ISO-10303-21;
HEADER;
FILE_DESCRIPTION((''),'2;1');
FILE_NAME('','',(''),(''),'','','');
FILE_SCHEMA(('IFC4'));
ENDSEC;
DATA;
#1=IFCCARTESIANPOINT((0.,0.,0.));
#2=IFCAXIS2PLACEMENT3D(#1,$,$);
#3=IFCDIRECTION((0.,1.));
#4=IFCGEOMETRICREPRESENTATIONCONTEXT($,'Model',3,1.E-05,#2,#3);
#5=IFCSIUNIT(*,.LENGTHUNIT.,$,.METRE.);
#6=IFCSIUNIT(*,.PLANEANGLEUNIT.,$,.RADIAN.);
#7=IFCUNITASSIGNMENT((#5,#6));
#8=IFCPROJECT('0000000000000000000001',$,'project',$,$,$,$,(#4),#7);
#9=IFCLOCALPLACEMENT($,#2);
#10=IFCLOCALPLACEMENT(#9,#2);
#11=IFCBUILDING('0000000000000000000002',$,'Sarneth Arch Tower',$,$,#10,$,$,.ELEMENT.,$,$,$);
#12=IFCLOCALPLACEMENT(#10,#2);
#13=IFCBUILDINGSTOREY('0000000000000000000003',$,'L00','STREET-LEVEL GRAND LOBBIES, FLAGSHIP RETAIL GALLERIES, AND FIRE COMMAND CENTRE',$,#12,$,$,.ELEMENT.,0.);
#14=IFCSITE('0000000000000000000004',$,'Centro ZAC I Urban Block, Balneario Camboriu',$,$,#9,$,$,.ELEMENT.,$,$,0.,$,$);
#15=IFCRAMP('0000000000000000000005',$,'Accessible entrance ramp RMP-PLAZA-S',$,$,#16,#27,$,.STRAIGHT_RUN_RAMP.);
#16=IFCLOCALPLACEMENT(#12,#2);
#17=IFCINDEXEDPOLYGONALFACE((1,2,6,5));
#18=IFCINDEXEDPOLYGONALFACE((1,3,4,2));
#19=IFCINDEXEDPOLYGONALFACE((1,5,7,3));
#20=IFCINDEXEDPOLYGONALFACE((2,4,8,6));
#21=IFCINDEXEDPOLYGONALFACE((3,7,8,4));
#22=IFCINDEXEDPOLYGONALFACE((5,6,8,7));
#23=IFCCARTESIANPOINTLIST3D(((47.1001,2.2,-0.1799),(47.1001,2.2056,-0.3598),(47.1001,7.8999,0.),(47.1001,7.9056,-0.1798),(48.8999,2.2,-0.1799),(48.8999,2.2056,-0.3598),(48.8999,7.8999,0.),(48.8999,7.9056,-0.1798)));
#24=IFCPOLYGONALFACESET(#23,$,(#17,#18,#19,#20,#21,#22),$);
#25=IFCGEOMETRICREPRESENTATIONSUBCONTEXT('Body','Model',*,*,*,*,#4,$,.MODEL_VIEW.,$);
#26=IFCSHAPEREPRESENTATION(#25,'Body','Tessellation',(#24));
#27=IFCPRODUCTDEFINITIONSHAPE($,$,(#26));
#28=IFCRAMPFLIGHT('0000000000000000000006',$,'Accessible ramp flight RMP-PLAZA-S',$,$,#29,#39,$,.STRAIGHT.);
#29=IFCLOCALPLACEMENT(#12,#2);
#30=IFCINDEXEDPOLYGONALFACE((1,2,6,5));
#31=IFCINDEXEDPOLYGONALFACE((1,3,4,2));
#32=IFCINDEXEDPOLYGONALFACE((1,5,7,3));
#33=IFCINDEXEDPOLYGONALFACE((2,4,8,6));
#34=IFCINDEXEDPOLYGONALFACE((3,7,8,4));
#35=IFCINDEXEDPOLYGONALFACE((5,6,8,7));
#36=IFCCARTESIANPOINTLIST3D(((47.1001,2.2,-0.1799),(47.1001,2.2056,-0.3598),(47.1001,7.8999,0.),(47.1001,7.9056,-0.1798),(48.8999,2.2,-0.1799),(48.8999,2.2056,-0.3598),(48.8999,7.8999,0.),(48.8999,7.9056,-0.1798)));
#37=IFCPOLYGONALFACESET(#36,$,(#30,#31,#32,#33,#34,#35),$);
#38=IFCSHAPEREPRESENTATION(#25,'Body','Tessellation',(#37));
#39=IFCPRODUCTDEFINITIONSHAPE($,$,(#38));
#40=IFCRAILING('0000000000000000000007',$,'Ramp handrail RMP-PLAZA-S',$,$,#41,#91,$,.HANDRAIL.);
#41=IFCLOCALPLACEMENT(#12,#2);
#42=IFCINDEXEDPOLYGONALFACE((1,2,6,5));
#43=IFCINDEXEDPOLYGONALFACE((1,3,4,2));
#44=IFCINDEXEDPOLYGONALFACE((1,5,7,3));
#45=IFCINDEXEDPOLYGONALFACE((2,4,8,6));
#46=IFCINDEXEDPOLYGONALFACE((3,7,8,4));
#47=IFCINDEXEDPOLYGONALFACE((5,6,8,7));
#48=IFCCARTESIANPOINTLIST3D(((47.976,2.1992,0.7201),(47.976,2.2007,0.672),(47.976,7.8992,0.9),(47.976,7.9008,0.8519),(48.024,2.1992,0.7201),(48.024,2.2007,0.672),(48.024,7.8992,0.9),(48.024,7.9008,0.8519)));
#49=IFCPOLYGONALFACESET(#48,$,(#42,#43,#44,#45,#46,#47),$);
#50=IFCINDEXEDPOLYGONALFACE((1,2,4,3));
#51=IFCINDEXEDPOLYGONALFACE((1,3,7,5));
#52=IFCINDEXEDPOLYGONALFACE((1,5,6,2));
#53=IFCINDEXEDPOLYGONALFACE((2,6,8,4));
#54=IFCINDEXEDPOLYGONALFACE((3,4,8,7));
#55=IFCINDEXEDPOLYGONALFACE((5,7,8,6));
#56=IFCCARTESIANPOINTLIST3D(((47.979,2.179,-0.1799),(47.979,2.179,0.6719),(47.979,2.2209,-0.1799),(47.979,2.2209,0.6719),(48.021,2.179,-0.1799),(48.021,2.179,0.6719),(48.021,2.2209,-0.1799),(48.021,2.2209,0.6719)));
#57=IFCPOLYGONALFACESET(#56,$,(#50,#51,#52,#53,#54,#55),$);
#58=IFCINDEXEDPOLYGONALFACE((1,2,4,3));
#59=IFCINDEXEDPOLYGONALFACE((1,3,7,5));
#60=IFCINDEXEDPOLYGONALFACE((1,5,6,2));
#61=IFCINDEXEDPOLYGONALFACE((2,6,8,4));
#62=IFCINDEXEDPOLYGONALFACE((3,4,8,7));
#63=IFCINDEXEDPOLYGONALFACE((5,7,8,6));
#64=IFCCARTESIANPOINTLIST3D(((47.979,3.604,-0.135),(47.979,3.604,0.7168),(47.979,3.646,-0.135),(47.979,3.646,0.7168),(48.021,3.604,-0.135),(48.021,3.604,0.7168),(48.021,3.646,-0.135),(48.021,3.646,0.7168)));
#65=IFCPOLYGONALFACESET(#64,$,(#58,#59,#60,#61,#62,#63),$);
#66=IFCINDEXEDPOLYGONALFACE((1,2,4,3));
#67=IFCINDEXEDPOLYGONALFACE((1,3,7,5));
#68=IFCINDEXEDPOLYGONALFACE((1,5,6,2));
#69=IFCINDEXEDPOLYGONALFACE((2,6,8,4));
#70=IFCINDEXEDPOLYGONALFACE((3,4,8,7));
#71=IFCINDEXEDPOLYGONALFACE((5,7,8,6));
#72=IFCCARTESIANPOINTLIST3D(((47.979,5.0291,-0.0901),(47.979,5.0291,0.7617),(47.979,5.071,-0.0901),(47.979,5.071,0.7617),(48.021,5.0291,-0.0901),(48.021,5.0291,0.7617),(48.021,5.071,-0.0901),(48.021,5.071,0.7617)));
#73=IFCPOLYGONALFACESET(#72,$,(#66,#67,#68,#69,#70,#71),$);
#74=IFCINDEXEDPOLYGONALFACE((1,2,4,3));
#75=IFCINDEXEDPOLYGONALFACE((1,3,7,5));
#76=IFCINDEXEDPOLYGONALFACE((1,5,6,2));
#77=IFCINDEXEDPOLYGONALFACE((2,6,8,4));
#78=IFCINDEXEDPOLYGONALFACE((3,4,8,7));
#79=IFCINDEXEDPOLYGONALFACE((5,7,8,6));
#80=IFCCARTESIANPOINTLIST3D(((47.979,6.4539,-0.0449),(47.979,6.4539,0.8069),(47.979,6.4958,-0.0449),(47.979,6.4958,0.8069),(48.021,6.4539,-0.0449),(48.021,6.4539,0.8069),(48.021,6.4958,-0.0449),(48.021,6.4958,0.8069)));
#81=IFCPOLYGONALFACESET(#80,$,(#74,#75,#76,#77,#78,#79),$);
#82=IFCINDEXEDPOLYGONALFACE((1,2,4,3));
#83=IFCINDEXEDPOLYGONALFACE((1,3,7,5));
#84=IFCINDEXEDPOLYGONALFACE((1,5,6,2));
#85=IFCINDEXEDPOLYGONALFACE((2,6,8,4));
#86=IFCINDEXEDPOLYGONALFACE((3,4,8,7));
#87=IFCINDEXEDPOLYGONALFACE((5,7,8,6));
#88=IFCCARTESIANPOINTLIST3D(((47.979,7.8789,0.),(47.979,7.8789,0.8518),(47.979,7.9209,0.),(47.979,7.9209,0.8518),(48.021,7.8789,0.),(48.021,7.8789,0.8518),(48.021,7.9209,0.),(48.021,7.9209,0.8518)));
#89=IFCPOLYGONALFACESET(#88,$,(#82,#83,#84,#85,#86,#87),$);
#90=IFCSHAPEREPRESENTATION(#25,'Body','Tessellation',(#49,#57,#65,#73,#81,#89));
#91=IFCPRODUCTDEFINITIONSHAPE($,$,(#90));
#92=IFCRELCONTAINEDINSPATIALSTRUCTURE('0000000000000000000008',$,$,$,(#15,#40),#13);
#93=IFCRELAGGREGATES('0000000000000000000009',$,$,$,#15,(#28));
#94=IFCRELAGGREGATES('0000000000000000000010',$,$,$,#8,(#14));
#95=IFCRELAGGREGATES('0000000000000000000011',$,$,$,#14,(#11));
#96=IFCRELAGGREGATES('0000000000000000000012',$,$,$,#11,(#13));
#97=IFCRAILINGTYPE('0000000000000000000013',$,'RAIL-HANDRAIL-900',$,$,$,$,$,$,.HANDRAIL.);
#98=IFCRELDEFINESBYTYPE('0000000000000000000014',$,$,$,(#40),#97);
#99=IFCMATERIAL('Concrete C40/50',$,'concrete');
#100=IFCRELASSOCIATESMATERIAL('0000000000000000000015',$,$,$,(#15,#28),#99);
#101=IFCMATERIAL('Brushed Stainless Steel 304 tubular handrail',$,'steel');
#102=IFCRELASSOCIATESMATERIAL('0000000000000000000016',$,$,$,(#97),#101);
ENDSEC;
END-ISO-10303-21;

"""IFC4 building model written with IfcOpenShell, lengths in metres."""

from ifc_helpers import new_model, si_unit, direction, frame, origin, origin_2d, place, context, subcontext, project, spatial, polyline, rectangle, outline, extrude, material, type_object, element, aggregate, save


model = new_model("IFC4")

# Units and contexts
model_context = context("Model", 3, precision=1e-05, world=origin(), true_north=direction((0.0, 1.0)))
body_context = subcontext(model_context, "Body", "Model", "MODEL_VIEW")
ifc_project = project(units=[si_unit("LENGTHUNIT", "METRE"), si_unit("PLANEANGLEUNIT", "RADIAN")], contexts=[model_context])

# Site, building, storey
site_placement = place(None, origin())
site = spatial("IfcSite", under=ifc_project, at=site_placement, Name="Centro ZAC I Urban Block, Balneario Camboriu", CompositionType="ELEMENT", RefElevation=0.0)
building_placement = place(site_placement, origin())
building = spatial("IfcBuilding", under=site, at=building_placement, Name="Sarneth Arch Tower", CompositionType="ELEMENT")
storey_placement = place(building_placement, origin())
storey = spatial("IfcBuildingStorey", under=building, at=storey_placement, Name="L00", Description="STREET-LEVEL GRAND LOBBIES, FLAGSHIP RETAIL GALLERIES, AND FIRE COMMAND CENTRE", CompositionType="ELEMENT", Elevation=0.0)

# Ramp, ramp flight
ifc_material_1 = material(Name="Concrete C40/50", Category="concrete")
ramp_placement = place(storey_placement, frame((47.1001, 2.2, -0.1799), z_axis=(0.0, -0.031552, 0.999502), x_axis=(1.0, 0.0, 0.0)))
ramp = element("IfcRamp", 1, at=ramp_placement, inside=storey, material=ifc_material_1, Name="Accessible entrance ramp RMP-PLAZA-S", PredefinedType="STRAIGHT_RUN_RAMP", context=body_context, shape_type="SweptSolid", body=[
    extrude(outline(polyline([(0.0, 0.0), (1.7998, 0.0), (1.7998, 5.7028), (0.0, 5.7028), (0.0, 0.0)])), origin(), (0.0, 0.0, -1.0), 0.1799),
])
ramp_flight_placement = place(storey_placement, frame((47.1001, 2.2, -0.1799), z_axis=(0.0, -0.031552, 0.999502), x_axis=(1.0, 0.0, 0.0)))
ramp_flight = element("IfcRampFlight", 2, at=ramp_flight_placement, material=ifc_material_1, Name="Accessible ramp flight RMP-PLAZA-S", PredefinedType="STRAIGHT", context=body_context, shape_type="SweptSolid", body=[
    extrude(outline(polyline([(0.0, 0.0), (1.7998, 0.0), (1.7998, 5.7028), (0.0, 5.7028), (0.0, 0.0)])), origin(), (0.0, 0.0, -1.0), 0.1799),
])
aggregate(ramp, [ramp_flight])

# Railing
ifc_material_2 = material(Name="Brushed Stainless Steel 304 tubular handrail", Category="steel")
railing_type = type_object("IfcRailingType", Name="RAIL-HANDRAIL-900", PredefinedType="HANDRAIL", material=ifc_material_2)
railing_placement = place(storey_placement, frame((48.0, 2.2, -0.1799)))
element("IfcRailing", 3, at=railing_placement, inside=storey, type_object=railing_type, Name="Ramp handrail RMP-PLAZA-S", PredefinedType="HANDRAIL", context=body_context, shape_type="SweptSolid", body=[
    extrude(rectangle(XDim=0.0481, YDim=0.0481, at=origin_2d()), frame((0.0, 0.0, 0.876), z_axis=(0.0, 0.999502, 0.031552), x_axis=(-1.0, 0.0, 0.0)), (0.0, 0.0, 1.0), 5.7029),
    extrude(rectangle(XDim=0.042, YDim=0.042, at=origin_2d()), origin(), (0.0, 0.0, 1.0), 0.8518),
    extrude(rectangle(XDim=0.042, YDim=0.042, at=origin_2d()), frame((0.0, 1.425, 0.0449)), (0.0, 0.0, 1.0), 0.8518),
    extrude(rectangle(XDim=0.042, YDim=0.042, at=origin_2d()), frame((0.0, 2.8501, 0.0898)), (0.0, 0.0, 1.0), 0.8518),
    extrude(rectangle(XDim=0.042, YDim=0.042, at=origin_2d()), frame((0.0, 4.2749, 0.135)), (0.0, 0.0, 1.0), 0.8518),
    extrude(rectangle(XDim=0.042, YDim=0.042, at=origin_2d()), frame((0.0, 5.7, 0.1799)), (0.0, 0.0, 1.0), 0.8518),
])

save(model, "model.ifc")
